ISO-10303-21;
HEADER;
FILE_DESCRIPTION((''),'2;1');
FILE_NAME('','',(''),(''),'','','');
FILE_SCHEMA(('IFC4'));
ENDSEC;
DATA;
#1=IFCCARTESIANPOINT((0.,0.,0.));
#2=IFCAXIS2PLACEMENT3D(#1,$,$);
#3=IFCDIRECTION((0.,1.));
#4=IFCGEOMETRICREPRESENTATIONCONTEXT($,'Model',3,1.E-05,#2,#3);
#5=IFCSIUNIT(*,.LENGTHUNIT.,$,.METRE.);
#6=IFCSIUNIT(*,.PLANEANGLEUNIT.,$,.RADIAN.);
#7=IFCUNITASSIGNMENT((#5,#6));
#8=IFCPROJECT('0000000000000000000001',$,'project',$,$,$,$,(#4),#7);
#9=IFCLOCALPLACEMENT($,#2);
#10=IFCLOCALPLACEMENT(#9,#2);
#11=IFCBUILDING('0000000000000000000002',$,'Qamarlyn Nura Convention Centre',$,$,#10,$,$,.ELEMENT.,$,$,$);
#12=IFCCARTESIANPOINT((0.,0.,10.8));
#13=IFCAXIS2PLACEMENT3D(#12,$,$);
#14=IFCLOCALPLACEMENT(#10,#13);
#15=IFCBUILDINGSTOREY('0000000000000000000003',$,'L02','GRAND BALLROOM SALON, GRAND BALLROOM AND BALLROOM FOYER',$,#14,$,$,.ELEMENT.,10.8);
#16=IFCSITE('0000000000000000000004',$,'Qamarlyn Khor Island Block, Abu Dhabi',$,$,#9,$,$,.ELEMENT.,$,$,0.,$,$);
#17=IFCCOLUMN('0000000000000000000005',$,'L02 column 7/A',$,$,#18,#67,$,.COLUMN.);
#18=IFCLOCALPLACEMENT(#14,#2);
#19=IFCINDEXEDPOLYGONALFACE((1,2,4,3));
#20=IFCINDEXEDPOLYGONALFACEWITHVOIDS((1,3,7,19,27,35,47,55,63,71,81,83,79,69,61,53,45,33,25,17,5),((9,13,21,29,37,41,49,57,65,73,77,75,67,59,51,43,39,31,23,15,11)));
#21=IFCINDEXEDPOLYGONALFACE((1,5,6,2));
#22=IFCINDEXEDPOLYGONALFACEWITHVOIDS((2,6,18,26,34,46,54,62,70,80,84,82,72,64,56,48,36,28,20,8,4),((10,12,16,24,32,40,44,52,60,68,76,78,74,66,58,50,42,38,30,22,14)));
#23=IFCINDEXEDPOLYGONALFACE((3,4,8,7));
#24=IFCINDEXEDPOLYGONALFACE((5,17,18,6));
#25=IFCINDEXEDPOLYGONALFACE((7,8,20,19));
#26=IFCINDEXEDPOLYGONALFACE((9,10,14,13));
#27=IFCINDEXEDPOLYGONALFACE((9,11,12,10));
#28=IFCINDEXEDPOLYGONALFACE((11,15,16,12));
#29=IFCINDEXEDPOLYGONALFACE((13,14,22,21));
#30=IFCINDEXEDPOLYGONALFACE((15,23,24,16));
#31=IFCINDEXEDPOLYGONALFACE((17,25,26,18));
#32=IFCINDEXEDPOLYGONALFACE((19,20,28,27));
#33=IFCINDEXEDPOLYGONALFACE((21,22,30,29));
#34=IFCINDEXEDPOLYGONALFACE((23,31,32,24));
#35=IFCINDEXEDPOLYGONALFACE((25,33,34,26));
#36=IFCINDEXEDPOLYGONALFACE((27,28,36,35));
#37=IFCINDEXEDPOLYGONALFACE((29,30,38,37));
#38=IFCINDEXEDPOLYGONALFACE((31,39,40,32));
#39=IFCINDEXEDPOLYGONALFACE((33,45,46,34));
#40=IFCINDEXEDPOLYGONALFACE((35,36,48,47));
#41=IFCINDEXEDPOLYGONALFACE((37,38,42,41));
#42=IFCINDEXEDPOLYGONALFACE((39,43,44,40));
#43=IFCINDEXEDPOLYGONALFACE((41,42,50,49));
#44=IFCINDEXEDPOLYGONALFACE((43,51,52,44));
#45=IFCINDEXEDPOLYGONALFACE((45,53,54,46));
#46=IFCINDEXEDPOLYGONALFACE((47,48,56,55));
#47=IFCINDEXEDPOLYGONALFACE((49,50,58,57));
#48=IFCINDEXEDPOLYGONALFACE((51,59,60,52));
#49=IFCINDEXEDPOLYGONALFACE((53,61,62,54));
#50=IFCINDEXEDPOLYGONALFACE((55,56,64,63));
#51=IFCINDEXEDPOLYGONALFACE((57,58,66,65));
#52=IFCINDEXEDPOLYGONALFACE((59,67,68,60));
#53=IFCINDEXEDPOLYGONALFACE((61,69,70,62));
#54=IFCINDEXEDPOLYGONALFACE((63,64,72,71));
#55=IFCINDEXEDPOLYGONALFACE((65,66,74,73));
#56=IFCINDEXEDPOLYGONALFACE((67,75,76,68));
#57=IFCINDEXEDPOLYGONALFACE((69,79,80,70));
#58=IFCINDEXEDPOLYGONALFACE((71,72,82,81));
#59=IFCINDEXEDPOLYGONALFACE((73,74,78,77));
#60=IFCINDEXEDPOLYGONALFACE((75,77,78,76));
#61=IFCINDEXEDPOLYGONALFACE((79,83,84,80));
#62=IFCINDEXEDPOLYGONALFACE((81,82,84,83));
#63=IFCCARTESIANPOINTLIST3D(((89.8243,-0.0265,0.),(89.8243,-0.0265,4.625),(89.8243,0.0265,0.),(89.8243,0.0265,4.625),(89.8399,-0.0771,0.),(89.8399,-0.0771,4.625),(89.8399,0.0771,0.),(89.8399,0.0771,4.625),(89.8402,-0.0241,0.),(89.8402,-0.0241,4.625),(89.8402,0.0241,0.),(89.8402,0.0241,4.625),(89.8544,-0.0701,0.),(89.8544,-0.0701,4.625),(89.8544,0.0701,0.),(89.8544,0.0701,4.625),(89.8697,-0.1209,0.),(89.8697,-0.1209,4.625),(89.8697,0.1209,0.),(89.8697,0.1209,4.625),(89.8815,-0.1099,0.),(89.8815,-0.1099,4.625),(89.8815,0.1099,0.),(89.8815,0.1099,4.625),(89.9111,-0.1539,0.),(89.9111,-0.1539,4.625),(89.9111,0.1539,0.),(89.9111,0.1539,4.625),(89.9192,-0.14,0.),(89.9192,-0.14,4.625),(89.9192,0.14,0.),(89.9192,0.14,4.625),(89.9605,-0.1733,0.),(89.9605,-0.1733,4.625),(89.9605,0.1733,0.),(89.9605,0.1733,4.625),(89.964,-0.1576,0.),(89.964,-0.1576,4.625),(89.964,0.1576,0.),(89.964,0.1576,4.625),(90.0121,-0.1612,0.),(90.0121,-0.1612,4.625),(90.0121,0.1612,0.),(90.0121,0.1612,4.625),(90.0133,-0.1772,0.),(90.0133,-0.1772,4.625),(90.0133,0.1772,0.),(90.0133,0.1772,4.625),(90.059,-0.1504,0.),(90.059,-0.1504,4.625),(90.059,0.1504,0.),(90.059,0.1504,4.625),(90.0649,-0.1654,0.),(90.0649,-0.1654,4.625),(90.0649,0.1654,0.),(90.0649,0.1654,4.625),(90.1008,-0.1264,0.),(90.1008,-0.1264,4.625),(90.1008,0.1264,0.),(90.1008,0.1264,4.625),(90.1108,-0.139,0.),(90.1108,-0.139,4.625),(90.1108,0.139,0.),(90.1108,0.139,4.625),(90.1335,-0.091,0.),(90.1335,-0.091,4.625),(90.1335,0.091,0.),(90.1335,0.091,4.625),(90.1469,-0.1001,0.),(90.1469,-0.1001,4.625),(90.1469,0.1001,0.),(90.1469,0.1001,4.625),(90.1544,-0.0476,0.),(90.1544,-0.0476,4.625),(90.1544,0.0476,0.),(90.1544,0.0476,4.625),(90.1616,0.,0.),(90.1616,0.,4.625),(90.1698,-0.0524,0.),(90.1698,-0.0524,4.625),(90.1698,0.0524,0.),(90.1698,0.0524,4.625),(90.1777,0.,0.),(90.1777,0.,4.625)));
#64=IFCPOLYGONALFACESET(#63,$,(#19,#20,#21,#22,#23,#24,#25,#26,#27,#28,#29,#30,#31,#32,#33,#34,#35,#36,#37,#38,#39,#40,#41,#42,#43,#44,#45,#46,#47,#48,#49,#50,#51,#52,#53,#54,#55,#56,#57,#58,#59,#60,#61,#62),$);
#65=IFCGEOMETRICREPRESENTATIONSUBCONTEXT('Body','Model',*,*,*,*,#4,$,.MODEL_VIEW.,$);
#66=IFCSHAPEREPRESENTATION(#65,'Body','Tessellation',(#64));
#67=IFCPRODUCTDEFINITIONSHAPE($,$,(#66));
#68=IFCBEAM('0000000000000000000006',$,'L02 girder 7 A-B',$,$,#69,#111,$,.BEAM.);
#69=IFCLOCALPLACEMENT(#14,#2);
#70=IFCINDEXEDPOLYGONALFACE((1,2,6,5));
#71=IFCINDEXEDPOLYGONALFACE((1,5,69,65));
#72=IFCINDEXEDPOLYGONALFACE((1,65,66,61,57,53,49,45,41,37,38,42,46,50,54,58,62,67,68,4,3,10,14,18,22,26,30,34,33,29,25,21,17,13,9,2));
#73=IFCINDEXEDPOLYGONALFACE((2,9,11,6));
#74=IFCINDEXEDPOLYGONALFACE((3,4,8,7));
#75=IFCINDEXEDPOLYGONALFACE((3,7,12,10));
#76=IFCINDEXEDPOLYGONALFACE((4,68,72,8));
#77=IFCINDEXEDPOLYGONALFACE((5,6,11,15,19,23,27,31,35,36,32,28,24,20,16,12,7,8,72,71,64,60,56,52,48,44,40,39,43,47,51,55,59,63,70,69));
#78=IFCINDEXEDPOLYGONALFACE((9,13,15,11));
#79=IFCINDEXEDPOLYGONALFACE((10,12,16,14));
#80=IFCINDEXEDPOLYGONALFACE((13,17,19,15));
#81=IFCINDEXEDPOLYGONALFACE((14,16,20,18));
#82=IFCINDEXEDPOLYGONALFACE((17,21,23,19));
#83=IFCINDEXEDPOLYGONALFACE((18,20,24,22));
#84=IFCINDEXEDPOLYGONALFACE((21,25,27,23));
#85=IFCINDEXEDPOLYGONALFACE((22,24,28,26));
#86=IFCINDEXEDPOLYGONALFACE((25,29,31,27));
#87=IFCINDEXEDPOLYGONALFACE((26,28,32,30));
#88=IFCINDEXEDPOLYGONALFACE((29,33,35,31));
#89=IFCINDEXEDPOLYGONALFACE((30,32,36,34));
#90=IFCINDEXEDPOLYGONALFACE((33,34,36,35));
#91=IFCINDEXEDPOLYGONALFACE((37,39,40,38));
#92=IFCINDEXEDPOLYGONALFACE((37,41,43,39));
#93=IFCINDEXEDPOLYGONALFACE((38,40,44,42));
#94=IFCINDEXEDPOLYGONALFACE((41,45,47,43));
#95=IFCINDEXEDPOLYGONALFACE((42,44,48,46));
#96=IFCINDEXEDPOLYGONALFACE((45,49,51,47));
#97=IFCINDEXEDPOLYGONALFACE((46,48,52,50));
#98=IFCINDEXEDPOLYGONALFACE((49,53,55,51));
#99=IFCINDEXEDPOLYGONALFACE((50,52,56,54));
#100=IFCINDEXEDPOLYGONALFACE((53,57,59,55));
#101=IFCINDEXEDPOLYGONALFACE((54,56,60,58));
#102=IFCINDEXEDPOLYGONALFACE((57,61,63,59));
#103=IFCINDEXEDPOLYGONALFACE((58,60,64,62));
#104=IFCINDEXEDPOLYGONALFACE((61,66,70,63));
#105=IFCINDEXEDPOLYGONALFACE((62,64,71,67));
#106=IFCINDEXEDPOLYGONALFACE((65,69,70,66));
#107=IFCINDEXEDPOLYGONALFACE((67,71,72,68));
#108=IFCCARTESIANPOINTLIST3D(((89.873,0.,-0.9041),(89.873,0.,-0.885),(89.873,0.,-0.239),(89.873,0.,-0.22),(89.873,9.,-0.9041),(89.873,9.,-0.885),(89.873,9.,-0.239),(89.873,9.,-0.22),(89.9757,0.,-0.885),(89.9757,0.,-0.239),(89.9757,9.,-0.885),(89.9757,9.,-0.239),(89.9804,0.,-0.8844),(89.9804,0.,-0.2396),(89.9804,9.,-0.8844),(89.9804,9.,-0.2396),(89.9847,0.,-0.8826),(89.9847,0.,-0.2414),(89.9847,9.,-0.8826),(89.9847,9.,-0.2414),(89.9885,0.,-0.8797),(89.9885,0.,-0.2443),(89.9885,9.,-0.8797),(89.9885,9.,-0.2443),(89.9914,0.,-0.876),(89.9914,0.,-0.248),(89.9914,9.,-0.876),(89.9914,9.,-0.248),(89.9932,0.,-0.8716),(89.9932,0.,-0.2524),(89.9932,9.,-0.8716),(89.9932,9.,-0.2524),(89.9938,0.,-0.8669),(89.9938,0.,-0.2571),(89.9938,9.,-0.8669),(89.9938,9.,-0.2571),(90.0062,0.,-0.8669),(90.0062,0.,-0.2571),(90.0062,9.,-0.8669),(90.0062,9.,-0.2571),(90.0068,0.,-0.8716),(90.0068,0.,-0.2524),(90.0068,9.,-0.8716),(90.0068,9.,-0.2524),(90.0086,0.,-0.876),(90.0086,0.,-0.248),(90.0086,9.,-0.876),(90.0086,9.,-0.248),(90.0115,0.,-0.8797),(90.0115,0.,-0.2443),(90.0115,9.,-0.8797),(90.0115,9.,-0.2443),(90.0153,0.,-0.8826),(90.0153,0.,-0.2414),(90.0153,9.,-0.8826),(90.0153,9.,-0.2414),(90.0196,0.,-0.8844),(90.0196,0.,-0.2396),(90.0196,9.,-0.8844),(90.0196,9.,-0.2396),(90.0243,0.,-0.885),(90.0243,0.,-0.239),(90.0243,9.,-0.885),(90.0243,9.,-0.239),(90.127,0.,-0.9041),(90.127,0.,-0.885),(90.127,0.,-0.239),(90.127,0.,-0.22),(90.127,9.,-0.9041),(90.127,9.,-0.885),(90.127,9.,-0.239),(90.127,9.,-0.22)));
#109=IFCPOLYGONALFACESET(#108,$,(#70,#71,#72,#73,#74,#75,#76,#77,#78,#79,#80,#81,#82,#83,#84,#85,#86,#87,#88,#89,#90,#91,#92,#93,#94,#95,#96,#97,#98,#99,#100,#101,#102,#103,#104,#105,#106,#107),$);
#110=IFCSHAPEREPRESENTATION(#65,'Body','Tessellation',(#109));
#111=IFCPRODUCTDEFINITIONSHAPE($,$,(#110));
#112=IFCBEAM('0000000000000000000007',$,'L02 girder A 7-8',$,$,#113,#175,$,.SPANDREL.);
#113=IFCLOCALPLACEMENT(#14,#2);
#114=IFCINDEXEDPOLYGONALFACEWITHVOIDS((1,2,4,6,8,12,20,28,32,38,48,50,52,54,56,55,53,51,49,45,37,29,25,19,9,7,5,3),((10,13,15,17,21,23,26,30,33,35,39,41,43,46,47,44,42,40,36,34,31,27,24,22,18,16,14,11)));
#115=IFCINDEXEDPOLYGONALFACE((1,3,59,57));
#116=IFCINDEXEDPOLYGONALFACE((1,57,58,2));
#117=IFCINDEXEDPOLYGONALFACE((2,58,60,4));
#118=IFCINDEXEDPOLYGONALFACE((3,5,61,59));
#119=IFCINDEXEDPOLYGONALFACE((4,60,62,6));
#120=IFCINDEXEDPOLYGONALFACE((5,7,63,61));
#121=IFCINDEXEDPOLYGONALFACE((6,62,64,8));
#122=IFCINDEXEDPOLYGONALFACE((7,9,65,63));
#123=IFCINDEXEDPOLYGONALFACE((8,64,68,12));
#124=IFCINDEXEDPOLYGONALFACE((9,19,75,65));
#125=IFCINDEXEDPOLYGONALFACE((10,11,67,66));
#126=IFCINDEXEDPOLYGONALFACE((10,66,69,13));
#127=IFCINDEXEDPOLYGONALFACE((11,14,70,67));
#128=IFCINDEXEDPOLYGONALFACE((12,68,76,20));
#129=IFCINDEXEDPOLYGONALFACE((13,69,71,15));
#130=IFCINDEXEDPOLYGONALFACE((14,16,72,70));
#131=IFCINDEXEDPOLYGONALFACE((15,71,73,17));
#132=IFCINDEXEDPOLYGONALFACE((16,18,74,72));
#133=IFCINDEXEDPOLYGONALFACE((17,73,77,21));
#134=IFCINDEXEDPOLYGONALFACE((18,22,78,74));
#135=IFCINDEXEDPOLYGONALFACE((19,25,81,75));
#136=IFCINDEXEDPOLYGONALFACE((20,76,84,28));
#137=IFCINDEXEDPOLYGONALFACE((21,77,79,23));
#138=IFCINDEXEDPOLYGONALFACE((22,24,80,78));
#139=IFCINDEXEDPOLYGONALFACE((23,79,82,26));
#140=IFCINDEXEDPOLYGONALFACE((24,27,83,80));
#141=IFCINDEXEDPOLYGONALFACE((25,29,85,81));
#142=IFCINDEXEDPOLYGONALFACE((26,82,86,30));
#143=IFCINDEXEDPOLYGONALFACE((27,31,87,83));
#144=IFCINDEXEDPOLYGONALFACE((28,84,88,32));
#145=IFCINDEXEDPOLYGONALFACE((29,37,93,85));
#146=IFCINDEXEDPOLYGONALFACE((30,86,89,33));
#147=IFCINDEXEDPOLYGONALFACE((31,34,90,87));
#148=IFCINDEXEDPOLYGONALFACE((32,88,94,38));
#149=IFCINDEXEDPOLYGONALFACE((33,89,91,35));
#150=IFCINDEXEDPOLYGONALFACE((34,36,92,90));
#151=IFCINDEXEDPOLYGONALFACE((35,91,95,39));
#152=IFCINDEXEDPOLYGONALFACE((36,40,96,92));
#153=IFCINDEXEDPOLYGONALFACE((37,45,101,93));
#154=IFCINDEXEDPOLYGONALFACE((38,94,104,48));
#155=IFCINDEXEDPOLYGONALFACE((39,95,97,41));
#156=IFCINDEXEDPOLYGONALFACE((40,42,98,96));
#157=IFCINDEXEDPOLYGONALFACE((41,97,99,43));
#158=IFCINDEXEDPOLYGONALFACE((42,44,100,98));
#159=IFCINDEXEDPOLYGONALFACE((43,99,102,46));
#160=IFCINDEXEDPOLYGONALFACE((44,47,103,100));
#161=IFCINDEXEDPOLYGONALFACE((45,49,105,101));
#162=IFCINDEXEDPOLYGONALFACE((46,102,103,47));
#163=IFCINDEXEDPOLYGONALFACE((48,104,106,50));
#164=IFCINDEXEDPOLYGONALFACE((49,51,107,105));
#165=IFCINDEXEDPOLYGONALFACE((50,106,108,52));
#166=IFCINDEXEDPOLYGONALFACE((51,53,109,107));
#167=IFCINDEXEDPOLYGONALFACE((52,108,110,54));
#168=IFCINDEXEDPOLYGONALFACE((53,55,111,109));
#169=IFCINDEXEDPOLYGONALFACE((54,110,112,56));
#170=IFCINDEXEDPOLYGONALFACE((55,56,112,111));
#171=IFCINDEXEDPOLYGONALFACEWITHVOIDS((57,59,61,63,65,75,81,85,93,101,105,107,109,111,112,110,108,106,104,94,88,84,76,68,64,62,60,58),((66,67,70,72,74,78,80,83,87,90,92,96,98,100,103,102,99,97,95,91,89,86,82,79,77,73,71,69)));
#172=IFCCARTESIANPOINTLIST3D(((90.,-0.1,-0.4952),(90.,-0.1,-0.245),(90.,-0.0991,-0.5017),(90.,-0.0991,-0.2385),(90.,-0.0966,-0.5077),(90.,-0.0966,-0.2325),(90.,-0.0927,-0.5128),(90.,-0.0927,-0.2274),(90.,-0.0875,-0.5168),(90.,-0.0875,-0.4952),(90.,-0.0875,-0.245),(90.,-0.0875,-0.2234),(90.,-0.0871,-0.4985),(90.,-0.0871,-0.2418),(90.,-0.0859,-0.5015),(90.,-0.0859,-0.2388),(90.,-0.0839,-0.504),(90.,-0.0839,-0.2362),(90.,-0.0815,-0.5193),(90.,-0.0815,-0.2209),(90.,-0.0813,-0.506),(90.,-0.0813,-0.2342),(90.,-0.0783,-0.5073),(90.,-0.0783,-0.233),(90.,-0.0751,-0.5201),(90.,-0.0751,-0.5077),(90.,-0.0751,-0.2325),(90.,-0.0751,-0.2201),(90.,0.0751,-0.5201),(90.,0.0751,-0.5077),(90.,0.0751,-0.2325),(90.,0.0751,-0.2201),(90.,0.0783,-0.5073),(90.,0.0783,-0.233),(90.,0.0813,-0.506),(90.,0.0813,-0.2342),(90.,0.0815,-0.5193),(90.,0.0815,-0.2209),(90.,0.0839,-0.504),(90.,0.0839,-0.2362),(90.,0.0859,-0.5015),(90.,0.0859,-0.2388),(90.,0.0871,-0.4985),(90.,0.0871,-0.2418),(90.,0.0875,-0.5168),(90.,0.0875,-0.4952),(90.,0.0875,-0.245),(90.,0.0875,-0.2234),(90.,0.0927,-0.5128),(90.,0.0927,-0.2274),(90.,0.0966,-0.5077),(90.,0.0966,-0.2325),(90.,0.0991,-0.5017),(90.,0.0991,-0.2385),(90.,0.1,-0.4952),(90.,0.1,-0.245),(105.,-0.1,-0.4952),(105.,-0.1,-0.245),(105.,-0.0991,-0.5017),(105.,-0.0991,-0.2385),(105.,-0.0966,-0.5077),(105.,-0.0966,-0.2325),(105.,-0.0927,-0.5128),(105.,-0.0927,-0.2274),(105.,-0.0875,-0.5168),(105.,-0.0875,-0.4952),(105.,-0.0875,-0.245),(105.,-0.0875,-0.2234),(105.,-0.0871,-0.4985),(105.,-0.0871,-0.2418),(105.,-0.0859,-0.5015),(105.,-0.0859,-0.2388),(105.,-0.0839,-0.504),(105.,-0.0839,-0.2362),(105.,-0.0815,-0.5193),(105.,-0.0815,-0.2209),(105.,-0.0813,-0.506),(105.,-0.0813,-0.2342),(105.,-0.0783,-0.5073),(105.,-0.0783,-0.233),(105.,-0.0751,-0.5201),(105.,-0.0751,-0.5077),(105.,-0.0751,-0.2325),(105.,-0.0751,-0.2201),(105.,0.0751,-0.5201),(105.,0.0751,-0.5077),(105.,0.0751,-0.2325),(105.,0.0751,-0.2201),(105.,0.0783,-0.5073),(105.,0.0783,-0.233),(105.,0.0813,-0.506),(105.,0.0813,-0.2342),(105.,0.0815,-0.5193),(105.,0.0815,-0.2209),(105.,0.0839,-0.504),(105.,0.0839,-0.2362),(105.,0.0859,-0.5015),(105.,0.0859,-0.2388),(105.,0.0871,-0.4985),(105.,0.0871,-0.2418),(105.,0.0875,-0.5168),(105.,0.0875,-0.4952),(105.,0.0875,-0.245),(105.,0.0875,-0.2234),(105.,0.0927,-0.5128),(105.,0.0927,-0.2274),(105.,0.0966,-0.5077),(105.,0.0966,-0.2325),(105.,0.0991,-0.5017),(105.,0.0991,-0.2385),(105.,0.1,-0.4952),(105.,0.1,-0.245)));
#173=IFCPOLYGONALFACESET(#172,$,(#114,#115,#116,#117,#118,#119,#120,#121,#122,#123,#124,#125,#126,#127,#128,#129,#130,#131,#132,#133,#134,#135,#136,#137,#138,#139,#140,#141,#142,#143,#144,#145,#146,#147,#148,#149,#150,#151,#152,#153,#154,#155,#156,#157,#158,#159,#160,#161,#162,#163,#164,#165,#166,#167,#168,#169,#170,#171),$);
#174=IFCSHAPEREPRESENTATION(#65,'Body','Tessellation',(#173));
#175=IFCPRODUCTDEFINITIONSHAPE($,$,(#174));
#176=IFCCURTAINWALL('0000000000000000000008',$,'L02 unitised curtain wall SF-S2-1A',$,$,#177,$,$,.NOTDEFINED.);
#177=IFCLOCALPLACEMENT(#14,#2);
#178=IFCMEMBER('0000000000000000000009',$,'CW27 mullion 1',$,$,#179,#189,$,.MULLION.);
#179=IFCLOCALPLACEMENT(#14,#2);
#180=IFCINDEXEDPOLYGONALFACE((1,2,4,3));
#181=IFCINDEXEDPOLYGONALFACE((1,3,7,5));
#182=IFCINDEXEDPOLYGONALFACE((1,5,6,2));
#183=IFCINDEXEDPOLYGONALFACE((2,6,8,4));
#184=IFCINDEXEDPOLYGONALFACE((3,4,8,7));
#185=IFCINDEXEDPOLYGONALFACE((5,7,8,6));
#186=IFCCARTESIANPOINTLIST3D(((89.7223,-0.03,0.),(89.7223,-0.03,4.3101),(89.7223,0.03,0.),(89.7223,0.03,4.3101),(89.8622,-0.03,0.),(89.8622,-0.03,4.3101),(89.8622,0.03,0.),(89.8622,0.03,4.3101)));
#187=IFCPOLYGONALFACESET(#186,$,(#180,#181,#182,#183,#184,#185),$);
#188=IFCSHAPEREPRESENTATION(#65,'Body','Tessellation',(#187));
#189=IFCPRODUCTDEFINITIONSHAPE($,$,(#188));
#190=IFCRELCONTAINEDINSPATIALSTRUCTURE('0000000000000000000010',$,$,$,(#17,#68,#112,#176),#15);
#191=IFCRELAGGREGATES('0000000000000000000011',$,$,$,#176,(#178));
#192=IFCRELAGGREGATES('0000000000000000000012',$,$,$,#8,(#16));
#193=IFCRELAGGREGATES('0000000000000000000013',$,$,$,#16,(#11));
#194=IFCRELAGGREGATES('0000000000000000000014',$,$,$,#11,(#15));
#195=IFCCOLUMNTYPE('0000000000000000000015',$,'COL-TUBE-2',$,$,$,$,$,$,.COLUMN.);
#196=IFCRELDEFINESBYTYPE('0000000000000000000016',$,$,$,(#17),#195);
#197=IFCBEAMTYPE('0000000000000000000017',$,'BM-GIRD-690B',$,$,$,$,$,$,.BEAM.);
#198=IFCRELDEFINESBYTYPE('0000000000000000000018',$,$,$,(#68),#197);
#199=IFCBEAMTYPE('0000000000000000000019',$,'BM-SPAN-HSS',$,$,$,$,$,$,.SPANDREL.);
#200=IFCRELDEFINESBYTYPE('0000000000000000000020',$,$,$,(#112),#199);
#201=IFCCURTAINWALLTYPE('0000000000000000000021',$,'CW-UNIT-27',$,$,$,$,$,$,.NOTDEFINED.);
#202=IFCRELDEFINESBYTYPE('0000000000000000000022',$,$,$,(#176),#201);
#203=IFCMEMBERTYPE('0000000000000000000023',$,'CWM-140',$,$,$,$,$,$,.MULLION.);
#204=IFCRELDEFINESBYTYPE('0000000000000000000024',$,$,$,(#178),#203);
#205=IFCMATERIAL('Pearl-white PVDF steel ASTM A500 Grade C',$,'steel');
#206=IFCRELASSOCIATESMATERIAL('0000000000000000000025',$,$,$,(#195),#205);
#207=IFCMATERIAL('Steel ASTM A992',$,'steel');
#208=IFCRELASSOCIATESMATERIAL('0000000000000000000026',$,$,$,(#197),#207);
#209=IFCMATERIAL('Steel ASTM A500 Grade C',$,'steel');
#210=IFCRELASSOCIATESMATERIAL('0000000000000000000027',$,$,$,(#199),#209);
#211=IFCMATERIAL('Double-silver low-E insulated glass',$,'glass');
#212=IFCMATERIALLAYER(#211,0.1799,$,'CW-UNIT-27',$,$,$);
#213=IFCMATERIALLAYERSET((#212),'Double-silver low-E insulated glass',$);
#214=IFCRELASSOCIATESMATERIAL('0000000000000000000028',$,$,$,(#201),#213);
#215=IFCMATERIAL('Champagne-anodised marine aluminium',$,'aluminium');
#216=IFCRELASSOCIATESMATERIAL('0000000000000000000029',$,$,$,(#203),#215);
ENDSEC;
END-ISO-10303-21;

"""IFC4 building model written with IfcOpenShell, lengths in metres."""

from ifc_helpers import new_model, si_unit, direction, frame, origin, origin_2d, place, context, subcontext, project, spatial, rectangle, hollow_rectangle, hollow_circle, i_section, extrude, material, layer, layer_set, material_profile, profile_set, type_object, element, aggregate, save


model = new_model("IFC4")

# Units and contexts
model_context = context("Model", 3, precision=1e-05, world=origin(), true_north=direction((0.0, 1.0)))
body_context = subcontext(model_context, "Body", "Model", "MODEL_VIEW")
ifc_project = project(units=[si_unit("LENGTHUNIT", "METRE"), si_unit("PLANEANGLEUNIT", "RADIAN")], contexts=[model_context])

# Site, building, storey
site_placement = place(None, origin())
site = spatial("IfcSite", under=ifc_project, at=site_placement, Name="Qamarlyn Khor Island Block, Abu Dhabi", CompositionType="ELEMENT", RefElevation=0.0)
building_placement = place(site_placement, origin())
building = spatial("IfcBuilding", under=site, at=building_placement, Name="Qamarlyn Nura Convention Centre", CompositionType="ELEMENT")
storey_placement = place(building_placement, frame((0.0, 0.0, 10.8)))
storey = spatial("IfcBuildingStorey", under=building, at=storey_placement, Name="L02", Description="GRAND BALLROOM SALON, GRAND BALLROOM AND BALLROOM FOYER", CompositionType="ELEMENT", Elevation=10.8)

# Column
ifc_material_1 = material(Name="Pearl-white PVDF steel ASTM A500 Grade C", Category="steel")
ifc_material_profile_1 = material_profile(ifc_material_1, hollow_circle(Radius=0.1777, WallThickness=0.0161, at=origin_2d()), Name="CHS355.6X16")
ifc_profile_set_1 = profile_set([ifc_material_profile_1], Name="Pearl-white PVDF steel ASTM A500 Grade C")
column_type = type_object("IfcColumnType", Name="COL-TUBE-2", PredefinedType="COLUMN", material=ifc_profile_set_1)
column_placement = place(storey_placement, frame((90.0, 0.0, 0.0), z_axis=(0.0, 0.0, 1.0), x_axis=(1.0, 0.0, 0.0)))
element("IfcColumn", 1, at=column_placement, inside=storey, type_object=column_type, Name="L02 column 7/A", PredefinedType="COLUMN", context=body_context, shape_type="SweptSolid", body=[
    extrude(hollow_circle(Radius=0.1777, WallThickness=0.0161, at=origin_2d()), origin(), (0.0, 0.0, 1.0), 4.625),
])

# Beams
ifc_material_2 = material(Name="Steel ASTM A992", Category="steel")
ifc_material_profile_2 = material_profile(ifc_material_2, i_section(OverallWidth=0.2539, OverallDepth=0.6841, WebThickness=0.0125, FlangeThickness=0.019, FilletRadius=0.0181, at=origin_2d()), Name="W690X140")
ifc_profile_set_2 = profile_set([ifc_material_profile_2], Name="Steel ASTM A992")
beam_type_1 = type_object("IfcBeamType", Name="BM-GIRD-690B", PredefinedType="BEAM", material=ifc_profile_set_2)
beam_1_placement = place(storey_placement, frame((90.0, 0.0, -0.562), z_axis=(0.0, 1.0, 0.0), x_axis=(-1.0, 0.0, 0.0)))
element("IfcBeam", 2, at=beam_1_placement, inside=storey, type_object=beam_type_1, Name="L02 girder 7 A-B", PredefinedType="BEAM", context=body_context, shape_type="SweptSolid", body=[
    extrude(i_section(OverallWidth=0.2539, OverallDepth=0.6841, WebThickness=0.0125, FlangeThickness=0.019, FilletRadius=0.0181, at=origin_2d()), origin(), (0.0, 0.0, 1.0), 9.0),
])
ifc_material_3 = material(Name="Steel ASTM A500 Grade C", Category="steel")
ifc_material_profile_3 = material_profile(ifc_material_3, hollow_rectangle(XDim=0.2, YDim=0.3, WallThickness=0.0125, InnerFilletRadius=0.0125, OuterFilletRadius=0.0249, at=origin_2d()), Name="HSS300X200X12.5")
ifc_profile_set_3 = profile_set([ifc_material_profile_3], Name="Steel ASTM A500 Grade C")
beam_type_2 = type_object("IfcBeamType", Name="BM-SPAN-HSS", PredefinedType="SPANDREL", material=ifc_profile_set_3)
beam_2_placement = place(storey_placement, frame((90.0, 0.0, -0.3701), z_axis=(1.0, 0.0, 0.0), x_axis=(0.0, 1.0, 0.0)))
element("IfcBeam", 3, at=beam_2_placement, inside=storey, type_object=beam_type_2, Name="L02 girder A 7-8", PredefinedType="SPANDREL", context=body_context, shape_type="SweptSolid", body=[
    extrude(hollow_rectangle(XDim=0.2, YDim=0.3, WallThickness=0.0125, InnerFilletRadius=0.0125, OuterFilletRadius=0.0249, at=origin_2d()), origin(), (0.0, 0.0, 1.0), 15.0),
])

# Curtain wall, member
ifc_material_4 = material(Name="Double-silver low-E insulated glass", Category="glass")
ifc_layer_1 = layer(ifc_material_4, 0.1799, Name="CW-UNIT-27")
ifc_layer_set_1 = layer_set([ifc_layer_1], Name="Double-silver low-E insulated glass")
curtain_wall_type = type_object("IfcCurtainWallType", Name="CW-UNIT-27", PredefinedType="NOTDEFINED", material=ifc_layer_set_1)
curtain_wall_placement = place(storey_placement, origin())
curtain_wall = element("IfcCurtainWall", 4, at=curtain_wall_placement, inside=storey, type_object=curtain_wall_type, Name="L02 unitised curtain wall SF-S2-1A", PredefinedType="NOTDEFINED")
ifc_material_5 = material(Name="Champagne-anodised marine aluminium", Category="aluminium")
ifc_material_profile_4 = material_profile(ifc_material_5, rectangle(XDim=0.0601, YDim=0.1399, at=origin_2d()), Name="ALU MULLION 60x140")
ifc_profile_set_4 = profile_set([ifc_material_profile_4], Name="Champagne-anodised marine aluminium")
member_type_1 = type_object("IfcMemberType", Name="CWM-140", PredefinedType="MULLION", material=ifc_profile_set_4)
member_1_placement = place(storey_placement, frame((89.7922, 0.0, 0.0), z_axis=(0.0, 0.0, 1.0), x_axis=(0.0, -1.0, 0.0)))
member_1 = element("IfcMember", 5, at=member_1_placement, type_object=member_type_1, Name="CW27 mullion 1", PredefinedType="MULLION", context=body_context, shape_type="SweptSolid", body=[
    extrude(rectangle(XDim=0.0601, YDim=0.1399, at=origin_2d()), origin(), (0.0, 0.0, 1.0), 4.3101),
])
aggregate(curtain_wall, [member_1])

save(model, "model.ifc")
